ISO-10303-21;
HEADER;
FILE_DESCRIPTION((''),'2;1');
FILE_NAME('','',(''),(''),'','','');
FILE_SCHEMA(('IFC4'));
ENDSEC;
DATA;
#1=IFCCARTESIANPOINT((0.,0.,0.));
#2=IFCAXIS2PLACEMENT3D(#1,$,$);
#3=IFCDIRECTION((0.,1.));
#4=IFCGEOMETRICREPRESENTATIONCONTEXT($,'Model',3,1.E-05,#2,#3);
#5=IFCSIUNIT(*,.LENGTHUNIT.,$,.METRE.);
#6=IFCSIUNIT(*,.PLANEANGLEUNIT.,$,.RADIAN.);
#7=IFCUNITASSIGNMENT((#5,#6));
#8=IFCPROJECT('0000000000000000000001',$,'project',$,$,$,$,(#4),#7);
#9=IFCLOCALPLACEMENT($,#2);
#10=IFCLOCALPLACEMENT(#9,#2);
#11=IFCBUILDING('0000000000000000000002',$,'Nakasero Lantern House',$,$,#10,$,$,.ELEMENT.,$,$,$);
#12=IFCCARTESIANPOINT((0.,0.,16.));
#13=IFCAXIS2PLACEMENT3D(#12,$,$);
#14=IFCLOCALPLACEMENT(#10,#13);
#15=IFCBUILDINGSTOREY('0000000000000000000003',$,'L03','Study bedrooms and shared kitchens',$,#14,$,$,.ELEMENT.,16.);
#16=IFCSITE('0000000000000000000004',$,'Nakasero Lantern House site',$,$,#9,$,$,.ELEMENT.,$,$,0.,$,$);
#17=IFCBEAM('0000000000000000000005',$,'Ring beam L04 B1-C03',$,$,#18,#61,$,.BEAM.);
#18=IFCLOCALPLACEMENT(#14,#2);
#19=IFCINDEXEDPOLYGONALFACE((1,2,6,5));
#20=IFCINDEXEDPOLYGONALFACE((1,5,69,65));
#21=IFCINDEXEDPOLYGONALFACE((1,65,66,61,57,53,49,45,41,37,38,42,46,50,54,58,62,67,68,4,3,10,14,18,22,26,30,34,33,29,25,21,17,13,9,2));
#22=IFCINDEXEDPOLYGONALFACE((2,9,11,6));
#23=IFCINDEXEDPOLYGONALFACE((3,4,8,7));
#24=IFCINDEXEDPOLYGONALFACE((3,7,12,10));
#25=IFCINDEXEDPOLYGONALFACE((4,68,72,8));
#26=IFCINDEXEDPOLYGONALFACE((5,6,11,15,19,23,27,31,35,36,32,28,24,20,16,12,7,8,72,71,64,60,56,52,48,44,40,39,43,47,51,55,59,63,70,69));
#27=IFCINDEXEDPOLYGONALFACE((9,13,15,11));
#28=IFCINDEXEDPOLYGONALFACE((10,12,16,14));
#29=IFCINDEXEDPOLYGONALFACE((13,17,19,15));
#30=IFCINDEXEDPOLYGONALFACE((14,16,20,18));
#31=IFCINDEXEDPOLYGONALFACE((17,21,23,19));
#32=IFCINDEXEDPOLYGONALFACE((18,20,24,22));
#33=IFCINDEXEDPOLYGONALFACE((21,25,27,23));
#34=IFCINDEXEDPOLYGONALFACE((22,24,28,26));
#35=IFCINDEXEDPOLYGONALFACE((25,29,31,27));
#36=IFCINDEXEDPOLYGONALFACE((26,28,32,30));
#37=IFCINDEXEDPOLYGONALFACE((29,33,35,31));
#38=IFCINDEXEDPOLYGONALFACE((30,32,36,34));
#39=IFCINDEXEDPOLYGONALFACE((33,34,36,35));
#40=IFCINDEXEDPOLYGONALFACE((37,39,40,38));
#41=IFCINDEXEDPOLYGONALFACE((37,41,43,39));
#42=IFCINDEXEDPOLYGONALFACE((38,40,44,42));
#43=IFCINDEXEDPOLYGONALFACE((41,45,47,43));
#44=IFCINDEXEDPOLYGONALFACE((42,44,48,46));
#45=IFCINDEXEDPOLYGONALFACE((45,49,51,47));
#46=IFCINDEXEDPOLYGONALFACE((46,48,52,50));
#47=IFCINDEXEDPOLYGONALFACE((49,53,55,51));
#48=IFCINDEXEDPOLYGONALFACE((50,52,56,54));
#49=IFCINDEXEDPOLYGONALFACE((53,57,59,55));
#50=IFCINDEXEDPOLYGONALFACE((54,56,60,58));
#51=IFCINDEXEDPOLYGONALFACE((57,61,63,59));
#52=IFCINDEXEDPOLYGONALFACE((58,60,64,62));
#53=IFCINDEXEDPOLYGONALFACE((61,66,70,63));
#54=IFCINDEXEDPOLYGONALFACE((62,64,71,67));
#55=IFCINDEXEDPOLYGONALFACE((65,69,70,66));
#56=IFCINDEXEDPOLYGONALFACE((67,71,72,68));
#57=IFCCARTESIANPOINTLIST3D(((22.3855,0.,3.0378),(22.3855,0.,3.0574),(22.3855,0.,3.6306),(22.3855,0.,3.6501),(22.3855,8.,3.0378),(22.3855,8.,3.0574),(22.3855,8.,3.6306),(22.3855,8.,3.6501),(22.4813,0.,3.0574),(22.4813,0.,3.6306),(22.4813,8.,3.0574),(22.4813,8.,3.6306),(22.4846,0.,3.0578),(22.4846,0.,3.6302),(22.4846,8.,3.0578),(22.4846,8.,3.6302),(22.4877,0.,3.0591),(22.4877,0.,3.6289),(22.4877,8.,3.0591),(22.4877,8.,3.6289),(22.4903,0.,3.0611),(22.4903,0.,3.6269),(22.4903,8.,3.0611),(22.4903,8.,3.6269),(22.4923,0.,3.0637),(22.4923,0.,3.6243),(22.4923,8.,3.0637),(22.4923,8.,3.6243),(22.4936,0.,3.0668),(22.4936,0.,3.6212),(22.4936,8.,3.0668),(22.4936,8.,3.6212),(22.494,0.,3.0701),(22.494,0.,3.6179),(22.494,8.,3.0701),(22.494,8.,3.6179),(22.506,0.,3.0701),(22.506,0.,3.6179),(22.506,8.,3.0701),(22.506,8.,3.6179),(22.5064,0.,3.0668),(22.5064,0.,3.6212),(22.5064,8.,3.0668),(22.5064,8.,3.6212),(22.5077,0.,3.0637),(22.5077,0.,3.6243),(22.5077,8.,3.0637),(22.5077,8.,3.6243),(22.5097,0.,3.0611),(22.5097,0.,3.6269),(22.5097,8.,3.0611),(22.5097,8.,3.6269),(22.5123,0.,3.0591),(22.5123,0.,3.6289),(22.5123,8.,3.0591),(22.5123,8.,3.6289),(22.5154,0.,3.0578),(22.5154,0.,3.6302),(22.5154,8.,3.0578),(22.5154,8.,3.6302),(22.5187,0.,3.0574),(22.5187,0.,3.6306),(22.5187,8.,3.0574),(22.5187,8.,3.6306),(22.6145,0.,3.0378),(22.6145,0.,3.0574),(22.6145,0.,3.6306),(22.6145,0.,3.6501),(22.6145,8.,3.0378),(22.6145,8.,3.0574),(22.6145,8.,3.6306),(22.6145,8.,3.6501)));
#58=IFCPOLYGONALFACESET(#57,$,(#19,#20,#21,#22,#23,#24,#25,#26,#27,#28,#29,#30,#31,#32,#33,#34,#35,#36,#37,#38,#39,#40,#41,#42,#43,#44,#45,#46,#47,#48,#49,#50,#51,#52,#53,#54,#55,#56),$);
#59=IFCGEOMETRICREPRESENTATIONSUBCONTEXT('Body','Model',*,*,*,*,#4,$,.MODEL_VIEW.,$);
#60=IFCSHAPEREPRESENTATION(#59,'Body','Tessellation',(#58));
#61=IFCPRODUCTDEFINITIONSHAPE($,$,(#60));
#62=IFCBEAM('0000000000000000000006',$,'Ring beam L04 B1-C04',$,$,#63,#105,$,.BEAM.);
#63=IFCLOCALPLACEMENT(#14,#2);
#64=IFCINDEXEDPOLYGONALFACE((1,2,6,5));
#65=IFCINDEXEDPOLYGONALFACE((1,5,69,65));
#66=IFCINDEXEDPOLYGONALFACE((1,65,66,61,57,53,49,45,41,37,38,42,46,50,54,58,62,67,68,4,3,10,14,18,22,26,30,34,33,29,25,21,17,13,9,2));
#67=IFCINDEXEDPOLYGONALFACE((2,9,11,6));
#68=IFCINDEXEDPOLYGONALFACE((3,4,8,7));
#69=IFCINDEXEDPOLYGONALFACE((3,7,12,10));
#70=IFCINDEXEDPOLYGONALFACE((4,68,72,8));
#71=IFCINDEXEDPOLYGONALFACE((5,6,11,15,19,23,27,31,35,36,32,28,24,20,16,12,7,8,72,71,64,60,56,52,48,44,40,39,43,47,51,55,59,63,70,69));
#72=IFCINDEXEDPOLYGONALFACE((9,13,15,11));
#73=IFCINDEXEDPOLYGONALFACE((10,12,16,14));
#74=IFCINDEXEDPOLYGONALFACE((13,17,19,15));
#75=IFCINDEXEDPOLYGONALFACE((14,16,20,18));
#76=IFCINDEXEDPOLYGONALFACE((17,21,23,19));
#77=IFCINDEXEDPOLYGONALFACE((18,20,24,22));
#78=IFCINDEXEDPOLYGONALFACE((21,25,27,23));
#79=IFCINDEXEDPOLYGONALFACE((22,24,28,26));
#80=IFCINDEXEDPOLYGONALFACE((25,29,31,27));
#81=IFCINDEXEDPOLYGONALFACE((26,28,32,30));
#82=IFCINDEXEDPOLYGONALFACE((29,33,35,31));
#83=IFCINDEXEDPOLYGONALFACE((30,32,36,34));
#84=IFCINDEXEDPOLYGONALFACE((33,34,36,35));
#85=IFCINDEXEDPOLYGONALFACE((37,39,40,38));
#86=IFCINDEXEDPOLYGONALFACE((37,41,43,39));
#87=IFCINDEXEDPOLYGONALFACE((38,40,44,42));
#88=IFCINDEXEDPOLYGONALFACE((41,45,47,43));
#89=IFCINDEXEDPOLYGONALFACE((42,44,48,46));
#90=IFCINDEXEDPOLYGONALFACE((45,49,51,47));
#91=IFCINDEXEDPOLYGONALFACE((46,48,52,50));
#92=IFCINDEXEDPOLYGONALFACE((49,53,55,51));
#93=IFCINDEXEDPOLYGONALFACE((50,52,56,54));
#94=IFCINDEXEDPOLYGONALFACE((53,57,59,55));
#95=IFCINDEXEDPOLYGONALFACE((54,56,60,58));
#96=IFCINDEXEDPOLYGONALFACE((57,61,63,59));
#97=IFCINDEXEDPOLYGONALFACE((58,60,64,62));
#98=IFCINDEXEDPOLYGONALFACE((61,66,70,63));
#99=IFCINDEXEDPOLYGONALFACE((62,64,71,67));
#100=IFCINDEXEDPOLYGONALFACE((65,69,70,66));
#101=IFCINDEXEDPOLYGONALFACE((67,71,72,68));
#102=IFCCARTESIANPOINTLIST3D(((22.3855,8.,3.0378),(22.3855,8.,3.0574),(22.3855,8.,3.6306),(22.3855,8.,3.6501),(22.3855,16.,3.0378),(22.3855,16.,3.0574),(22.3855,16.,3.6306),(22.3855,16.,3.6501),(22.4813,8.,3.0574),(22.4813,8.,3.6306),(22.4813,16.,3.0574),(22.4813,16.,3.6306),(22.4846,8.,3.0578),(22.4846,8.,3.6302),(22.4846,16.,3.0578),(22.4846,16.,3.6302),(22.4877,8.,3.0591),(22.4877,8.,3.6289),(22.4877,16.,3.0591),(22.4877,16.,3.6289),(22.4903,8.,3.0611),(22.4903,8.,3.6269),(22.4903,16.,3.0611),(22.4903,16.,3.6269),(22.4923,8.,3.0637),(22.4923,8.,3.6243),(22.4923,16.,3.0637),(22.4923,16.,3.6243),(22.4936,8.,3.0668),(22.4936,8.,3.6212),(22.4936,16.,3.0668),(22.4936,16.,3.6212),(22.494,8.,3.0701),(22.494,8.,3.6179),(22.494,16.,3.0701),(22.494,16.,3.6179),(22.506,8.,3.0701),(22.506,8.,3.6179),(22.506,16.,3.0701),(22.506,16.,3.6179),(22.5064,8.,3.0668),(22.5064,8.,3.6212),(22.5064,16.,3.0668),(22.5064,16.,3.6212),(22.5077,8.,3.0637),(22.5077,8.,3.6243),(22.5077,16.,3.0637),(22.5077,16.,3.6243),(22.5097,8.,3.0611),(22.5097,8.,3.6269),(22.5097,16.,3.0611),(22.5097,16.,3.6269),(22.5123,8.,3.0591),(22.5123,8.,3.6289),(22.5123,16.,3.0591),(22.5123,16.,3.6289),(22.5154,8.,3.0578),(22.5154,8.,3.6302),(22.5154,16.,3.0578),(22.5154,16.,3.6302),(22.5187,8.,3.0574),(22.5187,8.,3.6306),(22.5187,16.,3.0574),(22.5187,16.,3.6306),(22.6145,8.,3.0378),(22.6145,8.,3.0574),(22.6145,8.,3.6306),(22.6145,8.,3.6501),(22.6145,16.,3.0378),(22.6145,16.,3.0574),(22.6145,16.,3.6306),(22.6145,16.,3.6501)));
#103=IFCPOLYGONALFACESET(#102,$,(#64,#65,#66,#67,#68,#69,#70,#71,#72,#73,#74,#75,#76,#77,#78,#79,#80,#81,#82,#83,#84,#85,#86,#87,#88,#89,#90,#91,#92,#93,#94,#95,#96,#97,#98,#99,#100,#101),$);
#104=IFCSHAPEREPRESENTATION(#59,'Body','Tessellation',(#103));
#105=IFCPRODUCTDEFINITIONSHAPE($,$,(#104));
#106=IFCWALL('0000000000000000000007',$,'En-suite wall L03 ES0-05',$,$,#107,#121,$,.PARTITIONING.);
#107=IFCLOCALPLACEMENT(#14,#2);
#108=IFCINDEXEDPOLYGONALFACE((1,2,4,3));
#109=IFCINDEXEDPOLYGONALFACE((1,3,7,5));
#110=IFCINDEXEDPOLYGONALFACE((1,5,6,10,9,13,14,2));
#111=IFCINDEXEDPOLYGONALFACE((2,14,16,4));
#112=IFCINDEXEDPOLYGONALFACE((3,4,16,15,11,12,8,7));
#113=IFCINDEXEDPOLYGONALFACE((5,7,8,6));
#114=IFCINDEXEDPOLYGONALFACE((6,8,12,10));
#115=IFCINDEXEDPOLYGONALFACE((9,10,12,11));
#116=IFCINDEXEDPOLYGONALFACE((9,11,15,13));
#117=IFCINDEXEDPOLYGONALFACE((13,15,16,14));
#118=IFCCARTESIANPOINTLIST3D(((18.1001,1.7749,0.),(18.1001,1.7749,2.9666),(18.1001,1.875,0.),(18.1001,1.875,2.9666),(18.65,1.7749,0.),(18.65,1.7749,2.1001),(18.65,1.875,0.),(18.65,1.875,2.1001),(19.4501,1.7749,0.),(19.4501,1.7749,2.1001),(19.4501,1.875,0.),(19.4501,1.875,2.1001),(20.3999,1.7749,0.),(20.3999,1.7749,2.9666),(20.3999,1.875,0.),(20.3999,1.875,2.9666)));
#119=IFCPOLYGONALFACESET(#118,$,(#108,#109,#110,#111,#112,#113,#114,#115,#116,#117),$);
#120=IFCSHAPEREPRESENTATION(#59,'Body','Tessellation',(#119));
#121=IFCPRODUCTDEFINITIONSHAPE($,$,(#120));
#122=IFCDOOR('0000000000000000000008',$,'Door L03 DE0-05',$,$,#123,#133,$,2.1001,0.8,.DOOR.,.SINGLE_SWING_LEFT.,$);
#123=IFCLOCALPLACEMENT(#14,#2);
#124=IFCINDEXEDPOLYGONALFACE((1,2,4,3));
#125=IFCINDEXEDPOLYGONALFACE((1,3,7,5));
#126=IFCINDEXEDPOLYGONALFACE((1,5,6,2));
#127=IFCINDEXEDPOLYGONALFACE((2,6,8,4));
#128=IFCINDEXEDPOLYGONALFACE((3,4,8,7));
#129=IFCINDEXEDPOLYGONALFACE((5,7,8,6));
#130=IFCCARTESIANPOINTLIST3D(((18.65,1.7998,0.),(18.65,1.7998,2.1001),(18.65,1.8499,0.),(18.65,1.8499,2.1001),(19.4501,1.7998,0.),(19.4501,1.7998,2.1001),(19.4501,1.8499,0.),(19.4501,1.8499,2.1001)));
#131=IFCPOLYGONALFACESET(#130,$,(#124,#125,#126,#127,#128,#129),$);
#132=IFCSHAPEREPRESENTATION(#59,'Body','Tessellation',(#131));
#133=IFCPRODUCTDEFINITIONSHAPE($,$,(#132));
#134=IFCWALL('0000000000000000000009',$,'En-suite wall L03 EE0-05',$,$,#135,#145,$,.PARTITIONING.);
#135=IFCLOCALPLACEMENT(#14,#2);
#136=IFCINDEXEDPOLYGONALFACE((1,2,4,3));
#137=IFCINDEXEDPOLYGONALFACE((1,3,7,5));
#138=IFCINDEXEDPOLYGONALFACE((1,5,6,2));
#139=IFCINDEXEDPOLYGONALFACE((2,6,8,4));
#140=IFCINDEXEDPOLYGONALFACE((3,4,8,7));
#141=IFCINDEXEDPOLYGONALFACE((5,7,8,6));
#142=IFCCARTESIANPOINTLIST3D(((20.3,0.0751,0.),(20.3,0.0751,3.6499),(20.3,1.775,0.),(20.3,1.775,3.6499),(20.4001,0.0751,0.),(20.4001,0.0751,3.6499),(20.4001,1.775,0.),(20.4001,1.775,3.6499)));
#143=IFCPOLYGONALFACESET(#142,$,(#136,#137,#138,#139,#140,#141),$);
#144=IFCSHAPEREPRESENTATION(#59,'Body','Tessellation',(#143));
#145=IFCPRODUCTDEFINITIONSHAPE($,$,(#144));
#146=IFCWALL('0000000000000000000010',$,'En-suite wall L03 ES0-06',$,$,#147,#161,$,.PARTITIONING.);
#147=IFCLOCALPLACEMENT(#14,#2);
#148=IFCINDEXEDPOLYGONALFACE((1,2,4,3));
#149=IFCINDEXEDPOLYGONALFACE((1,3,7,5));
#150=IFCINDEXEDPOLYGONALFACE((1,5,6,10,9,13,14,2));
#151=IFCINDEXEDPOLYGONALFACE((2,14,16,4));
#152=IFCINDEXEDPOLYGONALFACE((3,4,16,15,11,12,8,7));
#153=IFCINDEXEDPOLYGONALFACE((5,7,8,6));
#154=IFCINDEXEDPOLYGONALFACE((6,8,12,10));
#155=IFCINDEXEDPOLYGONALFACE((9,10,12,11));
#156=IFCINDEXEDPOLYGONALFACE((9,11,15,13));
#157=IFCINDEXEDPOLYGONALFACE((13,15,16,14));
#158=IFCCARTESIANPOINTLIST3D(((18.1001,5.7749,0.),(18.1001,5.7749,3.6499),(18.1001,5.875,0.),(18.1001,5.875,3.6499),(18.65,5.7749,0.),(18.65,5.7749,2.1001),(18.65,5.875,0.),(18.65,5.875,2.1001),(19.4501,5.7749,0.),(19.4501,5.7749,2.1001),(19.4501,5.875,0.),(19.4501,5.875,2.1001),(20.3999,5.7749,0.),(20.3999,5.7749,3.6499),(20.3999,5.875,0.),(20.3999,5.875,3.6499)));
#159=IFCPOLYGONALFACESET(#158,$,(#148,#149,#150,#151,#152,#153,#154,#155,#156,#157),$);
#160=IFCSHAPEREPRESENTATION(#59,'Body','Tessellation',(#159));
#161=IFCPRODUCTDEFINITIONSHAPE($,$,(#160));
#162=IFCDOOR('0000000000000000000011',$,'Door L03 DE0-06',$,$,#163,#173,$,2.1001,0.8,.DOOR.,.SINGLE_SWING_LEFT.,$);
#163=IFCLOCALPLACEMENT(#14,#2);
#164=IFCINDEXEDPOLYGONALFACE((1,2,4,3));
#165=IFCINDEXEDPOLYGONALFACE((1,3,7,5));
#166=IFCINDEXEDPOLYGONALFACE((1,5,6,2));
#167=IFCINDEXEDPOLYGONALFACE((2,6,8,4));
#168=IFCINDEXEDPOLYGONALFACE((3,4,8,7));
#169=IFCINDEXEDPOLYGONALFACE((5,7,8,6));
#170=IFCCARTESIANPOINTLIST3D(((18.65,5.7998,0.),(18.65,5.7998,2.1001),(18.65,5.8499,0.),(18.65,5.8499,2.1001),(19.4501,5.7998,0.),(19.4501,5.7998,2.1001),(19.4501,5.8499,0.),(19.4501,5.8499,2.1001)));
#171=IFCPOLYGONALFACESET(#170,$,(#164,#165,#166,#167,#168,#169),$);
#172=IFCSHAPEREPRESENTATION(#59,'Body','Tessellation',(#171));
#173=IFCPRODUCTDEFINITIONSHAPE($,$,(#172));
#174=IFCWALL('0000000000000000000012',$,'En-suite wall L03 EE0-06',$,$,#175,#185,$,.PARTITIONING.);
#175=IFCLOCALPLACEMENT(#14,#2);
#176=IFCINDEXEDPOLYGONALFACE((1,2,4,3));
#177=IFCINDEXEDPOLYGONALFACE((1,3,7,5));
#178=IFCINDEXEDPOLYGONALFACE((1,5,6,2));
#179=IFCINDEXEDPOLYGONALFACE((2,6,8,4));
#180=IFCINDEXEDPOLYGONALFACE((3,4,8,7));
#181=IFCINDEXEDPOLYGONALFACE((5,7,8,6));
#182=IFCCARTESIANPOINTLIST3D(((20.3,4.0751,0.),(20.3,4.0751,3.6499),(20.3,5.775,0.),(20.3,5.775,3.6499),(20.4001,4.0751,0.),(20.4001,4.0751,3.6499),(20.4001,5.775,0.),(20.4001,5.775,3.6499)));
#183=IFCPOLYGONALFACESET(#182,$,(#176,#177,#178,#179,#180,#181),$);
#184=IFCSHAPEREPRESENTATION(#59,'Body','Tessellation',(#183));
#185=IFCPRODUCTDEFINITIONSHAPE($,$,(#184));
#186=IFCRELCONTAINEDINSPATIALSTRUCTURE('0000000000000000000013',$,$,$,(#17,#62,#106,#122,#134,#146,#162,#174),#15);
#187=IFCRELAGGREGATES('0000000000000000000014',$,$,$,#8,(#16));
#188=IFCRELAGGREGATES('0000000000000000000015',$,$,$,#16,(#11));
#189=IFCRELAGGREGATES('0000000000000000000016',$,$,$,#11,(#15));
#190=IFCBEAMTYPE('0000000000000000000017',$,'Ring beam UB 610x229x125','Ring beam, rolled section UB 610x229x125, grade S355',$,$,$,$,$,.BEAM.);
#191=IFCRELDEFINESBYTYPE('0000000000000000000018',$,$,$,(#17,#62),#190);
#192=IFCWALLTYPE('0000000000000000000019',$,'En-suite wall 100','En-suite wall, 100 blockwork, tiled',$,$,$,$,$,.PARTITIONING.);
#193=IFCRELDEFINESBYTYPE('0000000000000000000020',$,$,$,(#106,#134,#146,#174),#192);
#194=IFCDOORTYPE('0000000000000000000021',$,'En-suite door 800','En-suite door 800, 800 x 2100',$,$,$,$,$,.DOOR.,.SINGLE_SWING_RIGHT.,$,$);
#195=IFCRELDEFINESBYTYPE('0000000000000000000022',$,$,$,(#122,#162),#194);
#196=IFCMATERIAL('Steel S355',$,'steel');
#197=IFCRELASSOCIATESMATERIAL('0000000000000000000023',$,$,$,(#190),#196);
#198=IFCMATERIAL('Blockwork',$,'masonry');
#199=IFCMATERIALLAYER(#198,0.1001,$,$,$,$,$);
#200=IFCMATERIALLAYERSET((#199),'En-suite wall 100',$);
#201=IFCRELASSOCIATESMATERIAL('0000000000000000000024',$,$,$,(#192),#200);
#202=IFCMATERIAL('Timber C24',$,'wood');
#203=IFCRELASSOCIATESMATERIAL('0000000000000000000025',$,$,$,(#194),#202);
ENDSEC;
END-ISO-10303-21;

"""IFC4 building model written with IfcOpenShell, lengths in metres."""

from ifc_helpers import new_model, si_unit, direction, frame, frame_2d, origin, origin_2d, place, context, subcontext, project, spatial, rectangle, i_section, extrude, material, layer, layer_set, material_profile, profile_set, type_object, element, fill, save


model = new_model("IFC4")

# Units and contexts
model_context = context("Model", 3, precision=1e-05, world=origin(), true_north=direction((0.0, 1.0)))
body_context = subcontext(model_context, "Body", "Model", "MODEL_VIEW")
ifc_project = project(units=[si_unit("LENGTHUNIT", "METRE"), si_unit("PLANEANGLEUNIT", "RADIAN")], contexts=[model_context])

# Site, building, storey
site_placement = place(None, origin())
site = spatial("IfcSite", under=ifc_project, at=site_placement, Name="Nakasero Lantern House site", CompositionType="ELEMENT", RefElevation=0.0)
building_placement = place(site_placement, origin())
building = spatial("IfcBuilding", under=site, at=building_placement, Name="Nakasero Lantern House", CompositionType="ELEMENT")
storey_placement = place(building_placement, frame((0.0, 0.0, 16.0)))
storey = spatial("IfcBuildingStorey", under=building, at=storey_placement, Name="L03", Description="Study bedrooms and shared kitchens", CompositionType="ELEMENT", Elevation=16.0)

# Beams
ifc_material_1 = material(Name="Steel S355", Category="steel")
ifc_material_profile_1 = material_profile(ifc_material_1, i_section(OverallWidth=0.229, OverallDepth=0.6123, WebThickness=0.012, FlangeThickness=0.0195, FilletRadius=0.0127, at=origin_2d()), Name="UB 610x229x125")
ifc_profile_set_1 = profile_set([ifc_material_profile_1], Name="Steel S355")
beam_type_1 = type_object("IfcBeamType", Name="Ring beam UB 610x229x125", Description="Ring beam, rolled section UB 610x229x125, grade S355", PredefinedType="BEAM", material=ifc_profile_set_1)
for number, where, z_axis, x_axis, name in (
    (1, (22.5, 0.0, 3.344), (0.0, 1.0, 0.0), (-1.0, 0.0, 0.0), "Ring beam L04 B1-C03"),
    (2, (22.5, 8.0, 3.344), (0.0, 1.0, 0.0), (-1.0, 0.0, 0.0), "Ring beam L04 B1-C04"),
):
    element("IfcBeam", number, at=place(storey_placement, frame(where, z_axis=z_axis, x_axis=x_axis)), inside=storey, type_object=beam_type_1, Name=name, PredefinedType="BEAM", context=body_context, shape_type="SweptSolid", body=[
        extrude(i_section(OverallWidth=0.229, OverallDepth=0.6123, WebThickness=0.012, FlangeThickness=0.0195, FilletRadius=0.0127, at=origin_2d()), origin(), (0.0, 0.0, 1.0), 8.0),
    ])

# Wall, opening, door
ifc_material_2 = material(Name="Blockwork", Category="masonry")
ifc_layer_1 = layer(ifc_material_2, 0.1001)
ifc_layer_set_1 = layer_set([ifc_layer_1], Name="En-suite wall 100")
wall_type_1 = type_object("IfcWallType", Name="En-suite wall 100", Description="En-suite wall, 100 blockwork, tiled", PredefinedType="PARTITIONING", material=ifc_layer_set_1)
wall_1_placement = place(storey_placement, frame((18.1001, 1.825, 0.0), z_axis=(0.0, 0.0, 1.0), x_axis=(1.0, 0.0, 0.0)))
wall_1 = element("IfcWall", 3, at=wall_1_placement, inside=storey, type_object=wall_type_1, Name="En-suite wall L03 ES0-05", PredefinedType="PARTITIONING", context=body_context, shape_type="SweptSolid", body=[
    extrude(rectangle(XDim=2.2998, YDim=0.1001, at=frame_2d((1.1499, 0.0))), origin(), (0.0, 0.0, 1.0), 2.9666),
])
opening_1_placement = place(wall_1_placement, frame((0.55, 0.0, 0.0)))
opening_1 = element("IfcOpeningElement", 4, at=opening_1_placement, cuts=wall_1, PredefinedType="OPENING", context=body_context, shape_type="SweptSolid", body=[
    extrude(rectangle(XDim=0.8, YDim=2.1001, at=frame_2d((0.3999, 1.05))), frame((0.0, 0.0701, 0.0), z_axis=(0.0, -1.0, 0.0), x_axis=(1.0, 0.0, 0.0)), (0.0, 0.0, 1.0), 0.1401),
])
ifc_material_3 = material(Name="Timber C24", Category="wood")
door_type = type_object("IfcDoorType", Name="En-suite door 800", Description="En-suite door 800, 800 x 2100", OperationType="SINGLE_SWING_RIGHT", PredefinedType="DOOR", material=ifc_material_3)
door_1_placement = place(opening_1_placement, origin())
door_1 = element("IfcDoor", 5, at=door_1_placement, inside=storey, type_object=door_type, Name="Door L03 DE0-05", OperationType="SINGLE_SWING_LEFT", OverallHeight=2.1001, OverallWidth=0.8, PredefinedType="DOOR", context=body_context, shape_type="SweptSolid", body=[
    extrude(rectangle(XDim=0.8, YDim=2.1001, at=frame_2d((0.3999, 1.05))), frame((0.0, 0.0249, 0.0), z_axis=(0.0, -1.0, 0.0), x_axis=(1.0, 0.0, 0.0)), (0.0, 0.0, 1.0), 0.05),
])
fill(opening_1, door_1)

# Wall
wall_2_placement = place(storey_placement, frame((20.3501, 0.075, 0.0), z_axis=(0.0, 0.0, 1.0), x_axis=(0.0, 1.0, 0.0)))
element("IfcWall", 6, at=wall_2_placement, inside=storey, type_object=wall_type_1, Name="En-suite wall L03 EE0-05", PredefinedType="PARTITIONING", context=body_context, shape_type="SweptSolid", body=[
    extrude(rectangle(XDim=1.7, YDim=0.1001, at=frame_2d((0.8501, 0.0))), origin(), (0.0, 0.0, 1.0), 3.6499),
])

# Wall, opening, door
wall_3_placement = place(storey_placement, frame((18.1001, 5.825, 0.0), z_axis=(0.0, 0.0, 1.0), x_axis=(1.0, 0.0, 0.0)))
wall_3 = element("IfcWall", 7, at=wall_3_placement, inside=storey, type_object=wall_type_1, Name="En-suite wall L03 ES0-06", PredefinedType="PARTITIONING", context=body_context, shape_type="SweptSolid", body=[
    extrude(rectangle(XDim=2.2998, YDim=0.1001, at=frame_2d((1.1499, 0.0))), origin(), (0.0, 0.0, 1.0), 3.6499),
])
opening_2_placement = place(wall_3_placement, frame((0.55, 0.0, 0.0)))
opening_2 = element("IfcOpeningElement", 8, at=opening_2_placement, cuts=wall_3, PredefinedType="OPENING", context=body_context, shape_type="SweptSolid", body=[
    extrude(rectangle(XDim=0.8, YDim=2.1001, at=frame_2d((0.3999, 1.05))), frame((0.0, 0.0701, 0.0), z_axis=(0.0, -1.0, 0.0), x_axis=(1.0, 0.0, 0.0)), (0.0, 0.0, 1.0), 0.1401),
])
door_2_placement = place(opening_2_placement, origin())
door_2 = element("IfcDoor", 9, at=door_2_placement, inside=storey, type_object=door_type, Name="Door L03 DE0-06", OperationType="SINGLE_SWING_LEFT", OverallHeight=2.1001, OverallWidth=0.8, PredefinedType="DOOR", context=body_context, shape_type="SweptSolid", body=[
    extrude(rectangle(XDim=0.8, YDim=2.1001, at=frame_2d((0.3999, 1.05))), frame((0.0, 0.0249, 0.0), z_axis=(0.0, -1.0, 0.0), x_axis=(1.0, 0.0, 0.0)), (0.0, 0.0, 1.0), 0.05),
])
fill(opening_2, door_2)

# Wall
wall_4_placement = place(storey_placement, frame((20.3501, 4.075, 0.0), z_axis=(0.0, 0.0, 1.0), x_axis=(0.0, 1.0, 0.0)))
element("IfcWall", 10, at=wall_4_placement, inside=storey, type_object=wall_type_1, Name="En-suite wall L03 EE0-06", PredefinedType="PARTITIONING", context=body_context, shape_type="SweptSolid", body=[
    extrude(rectangle(XDim=1.7, YDim=0.1001, at=frame_2d((0.8501, 0.0))), origin(), (0.0, 0.0, 1.0), 3.6499),
])

save(model, "model.ifc")
